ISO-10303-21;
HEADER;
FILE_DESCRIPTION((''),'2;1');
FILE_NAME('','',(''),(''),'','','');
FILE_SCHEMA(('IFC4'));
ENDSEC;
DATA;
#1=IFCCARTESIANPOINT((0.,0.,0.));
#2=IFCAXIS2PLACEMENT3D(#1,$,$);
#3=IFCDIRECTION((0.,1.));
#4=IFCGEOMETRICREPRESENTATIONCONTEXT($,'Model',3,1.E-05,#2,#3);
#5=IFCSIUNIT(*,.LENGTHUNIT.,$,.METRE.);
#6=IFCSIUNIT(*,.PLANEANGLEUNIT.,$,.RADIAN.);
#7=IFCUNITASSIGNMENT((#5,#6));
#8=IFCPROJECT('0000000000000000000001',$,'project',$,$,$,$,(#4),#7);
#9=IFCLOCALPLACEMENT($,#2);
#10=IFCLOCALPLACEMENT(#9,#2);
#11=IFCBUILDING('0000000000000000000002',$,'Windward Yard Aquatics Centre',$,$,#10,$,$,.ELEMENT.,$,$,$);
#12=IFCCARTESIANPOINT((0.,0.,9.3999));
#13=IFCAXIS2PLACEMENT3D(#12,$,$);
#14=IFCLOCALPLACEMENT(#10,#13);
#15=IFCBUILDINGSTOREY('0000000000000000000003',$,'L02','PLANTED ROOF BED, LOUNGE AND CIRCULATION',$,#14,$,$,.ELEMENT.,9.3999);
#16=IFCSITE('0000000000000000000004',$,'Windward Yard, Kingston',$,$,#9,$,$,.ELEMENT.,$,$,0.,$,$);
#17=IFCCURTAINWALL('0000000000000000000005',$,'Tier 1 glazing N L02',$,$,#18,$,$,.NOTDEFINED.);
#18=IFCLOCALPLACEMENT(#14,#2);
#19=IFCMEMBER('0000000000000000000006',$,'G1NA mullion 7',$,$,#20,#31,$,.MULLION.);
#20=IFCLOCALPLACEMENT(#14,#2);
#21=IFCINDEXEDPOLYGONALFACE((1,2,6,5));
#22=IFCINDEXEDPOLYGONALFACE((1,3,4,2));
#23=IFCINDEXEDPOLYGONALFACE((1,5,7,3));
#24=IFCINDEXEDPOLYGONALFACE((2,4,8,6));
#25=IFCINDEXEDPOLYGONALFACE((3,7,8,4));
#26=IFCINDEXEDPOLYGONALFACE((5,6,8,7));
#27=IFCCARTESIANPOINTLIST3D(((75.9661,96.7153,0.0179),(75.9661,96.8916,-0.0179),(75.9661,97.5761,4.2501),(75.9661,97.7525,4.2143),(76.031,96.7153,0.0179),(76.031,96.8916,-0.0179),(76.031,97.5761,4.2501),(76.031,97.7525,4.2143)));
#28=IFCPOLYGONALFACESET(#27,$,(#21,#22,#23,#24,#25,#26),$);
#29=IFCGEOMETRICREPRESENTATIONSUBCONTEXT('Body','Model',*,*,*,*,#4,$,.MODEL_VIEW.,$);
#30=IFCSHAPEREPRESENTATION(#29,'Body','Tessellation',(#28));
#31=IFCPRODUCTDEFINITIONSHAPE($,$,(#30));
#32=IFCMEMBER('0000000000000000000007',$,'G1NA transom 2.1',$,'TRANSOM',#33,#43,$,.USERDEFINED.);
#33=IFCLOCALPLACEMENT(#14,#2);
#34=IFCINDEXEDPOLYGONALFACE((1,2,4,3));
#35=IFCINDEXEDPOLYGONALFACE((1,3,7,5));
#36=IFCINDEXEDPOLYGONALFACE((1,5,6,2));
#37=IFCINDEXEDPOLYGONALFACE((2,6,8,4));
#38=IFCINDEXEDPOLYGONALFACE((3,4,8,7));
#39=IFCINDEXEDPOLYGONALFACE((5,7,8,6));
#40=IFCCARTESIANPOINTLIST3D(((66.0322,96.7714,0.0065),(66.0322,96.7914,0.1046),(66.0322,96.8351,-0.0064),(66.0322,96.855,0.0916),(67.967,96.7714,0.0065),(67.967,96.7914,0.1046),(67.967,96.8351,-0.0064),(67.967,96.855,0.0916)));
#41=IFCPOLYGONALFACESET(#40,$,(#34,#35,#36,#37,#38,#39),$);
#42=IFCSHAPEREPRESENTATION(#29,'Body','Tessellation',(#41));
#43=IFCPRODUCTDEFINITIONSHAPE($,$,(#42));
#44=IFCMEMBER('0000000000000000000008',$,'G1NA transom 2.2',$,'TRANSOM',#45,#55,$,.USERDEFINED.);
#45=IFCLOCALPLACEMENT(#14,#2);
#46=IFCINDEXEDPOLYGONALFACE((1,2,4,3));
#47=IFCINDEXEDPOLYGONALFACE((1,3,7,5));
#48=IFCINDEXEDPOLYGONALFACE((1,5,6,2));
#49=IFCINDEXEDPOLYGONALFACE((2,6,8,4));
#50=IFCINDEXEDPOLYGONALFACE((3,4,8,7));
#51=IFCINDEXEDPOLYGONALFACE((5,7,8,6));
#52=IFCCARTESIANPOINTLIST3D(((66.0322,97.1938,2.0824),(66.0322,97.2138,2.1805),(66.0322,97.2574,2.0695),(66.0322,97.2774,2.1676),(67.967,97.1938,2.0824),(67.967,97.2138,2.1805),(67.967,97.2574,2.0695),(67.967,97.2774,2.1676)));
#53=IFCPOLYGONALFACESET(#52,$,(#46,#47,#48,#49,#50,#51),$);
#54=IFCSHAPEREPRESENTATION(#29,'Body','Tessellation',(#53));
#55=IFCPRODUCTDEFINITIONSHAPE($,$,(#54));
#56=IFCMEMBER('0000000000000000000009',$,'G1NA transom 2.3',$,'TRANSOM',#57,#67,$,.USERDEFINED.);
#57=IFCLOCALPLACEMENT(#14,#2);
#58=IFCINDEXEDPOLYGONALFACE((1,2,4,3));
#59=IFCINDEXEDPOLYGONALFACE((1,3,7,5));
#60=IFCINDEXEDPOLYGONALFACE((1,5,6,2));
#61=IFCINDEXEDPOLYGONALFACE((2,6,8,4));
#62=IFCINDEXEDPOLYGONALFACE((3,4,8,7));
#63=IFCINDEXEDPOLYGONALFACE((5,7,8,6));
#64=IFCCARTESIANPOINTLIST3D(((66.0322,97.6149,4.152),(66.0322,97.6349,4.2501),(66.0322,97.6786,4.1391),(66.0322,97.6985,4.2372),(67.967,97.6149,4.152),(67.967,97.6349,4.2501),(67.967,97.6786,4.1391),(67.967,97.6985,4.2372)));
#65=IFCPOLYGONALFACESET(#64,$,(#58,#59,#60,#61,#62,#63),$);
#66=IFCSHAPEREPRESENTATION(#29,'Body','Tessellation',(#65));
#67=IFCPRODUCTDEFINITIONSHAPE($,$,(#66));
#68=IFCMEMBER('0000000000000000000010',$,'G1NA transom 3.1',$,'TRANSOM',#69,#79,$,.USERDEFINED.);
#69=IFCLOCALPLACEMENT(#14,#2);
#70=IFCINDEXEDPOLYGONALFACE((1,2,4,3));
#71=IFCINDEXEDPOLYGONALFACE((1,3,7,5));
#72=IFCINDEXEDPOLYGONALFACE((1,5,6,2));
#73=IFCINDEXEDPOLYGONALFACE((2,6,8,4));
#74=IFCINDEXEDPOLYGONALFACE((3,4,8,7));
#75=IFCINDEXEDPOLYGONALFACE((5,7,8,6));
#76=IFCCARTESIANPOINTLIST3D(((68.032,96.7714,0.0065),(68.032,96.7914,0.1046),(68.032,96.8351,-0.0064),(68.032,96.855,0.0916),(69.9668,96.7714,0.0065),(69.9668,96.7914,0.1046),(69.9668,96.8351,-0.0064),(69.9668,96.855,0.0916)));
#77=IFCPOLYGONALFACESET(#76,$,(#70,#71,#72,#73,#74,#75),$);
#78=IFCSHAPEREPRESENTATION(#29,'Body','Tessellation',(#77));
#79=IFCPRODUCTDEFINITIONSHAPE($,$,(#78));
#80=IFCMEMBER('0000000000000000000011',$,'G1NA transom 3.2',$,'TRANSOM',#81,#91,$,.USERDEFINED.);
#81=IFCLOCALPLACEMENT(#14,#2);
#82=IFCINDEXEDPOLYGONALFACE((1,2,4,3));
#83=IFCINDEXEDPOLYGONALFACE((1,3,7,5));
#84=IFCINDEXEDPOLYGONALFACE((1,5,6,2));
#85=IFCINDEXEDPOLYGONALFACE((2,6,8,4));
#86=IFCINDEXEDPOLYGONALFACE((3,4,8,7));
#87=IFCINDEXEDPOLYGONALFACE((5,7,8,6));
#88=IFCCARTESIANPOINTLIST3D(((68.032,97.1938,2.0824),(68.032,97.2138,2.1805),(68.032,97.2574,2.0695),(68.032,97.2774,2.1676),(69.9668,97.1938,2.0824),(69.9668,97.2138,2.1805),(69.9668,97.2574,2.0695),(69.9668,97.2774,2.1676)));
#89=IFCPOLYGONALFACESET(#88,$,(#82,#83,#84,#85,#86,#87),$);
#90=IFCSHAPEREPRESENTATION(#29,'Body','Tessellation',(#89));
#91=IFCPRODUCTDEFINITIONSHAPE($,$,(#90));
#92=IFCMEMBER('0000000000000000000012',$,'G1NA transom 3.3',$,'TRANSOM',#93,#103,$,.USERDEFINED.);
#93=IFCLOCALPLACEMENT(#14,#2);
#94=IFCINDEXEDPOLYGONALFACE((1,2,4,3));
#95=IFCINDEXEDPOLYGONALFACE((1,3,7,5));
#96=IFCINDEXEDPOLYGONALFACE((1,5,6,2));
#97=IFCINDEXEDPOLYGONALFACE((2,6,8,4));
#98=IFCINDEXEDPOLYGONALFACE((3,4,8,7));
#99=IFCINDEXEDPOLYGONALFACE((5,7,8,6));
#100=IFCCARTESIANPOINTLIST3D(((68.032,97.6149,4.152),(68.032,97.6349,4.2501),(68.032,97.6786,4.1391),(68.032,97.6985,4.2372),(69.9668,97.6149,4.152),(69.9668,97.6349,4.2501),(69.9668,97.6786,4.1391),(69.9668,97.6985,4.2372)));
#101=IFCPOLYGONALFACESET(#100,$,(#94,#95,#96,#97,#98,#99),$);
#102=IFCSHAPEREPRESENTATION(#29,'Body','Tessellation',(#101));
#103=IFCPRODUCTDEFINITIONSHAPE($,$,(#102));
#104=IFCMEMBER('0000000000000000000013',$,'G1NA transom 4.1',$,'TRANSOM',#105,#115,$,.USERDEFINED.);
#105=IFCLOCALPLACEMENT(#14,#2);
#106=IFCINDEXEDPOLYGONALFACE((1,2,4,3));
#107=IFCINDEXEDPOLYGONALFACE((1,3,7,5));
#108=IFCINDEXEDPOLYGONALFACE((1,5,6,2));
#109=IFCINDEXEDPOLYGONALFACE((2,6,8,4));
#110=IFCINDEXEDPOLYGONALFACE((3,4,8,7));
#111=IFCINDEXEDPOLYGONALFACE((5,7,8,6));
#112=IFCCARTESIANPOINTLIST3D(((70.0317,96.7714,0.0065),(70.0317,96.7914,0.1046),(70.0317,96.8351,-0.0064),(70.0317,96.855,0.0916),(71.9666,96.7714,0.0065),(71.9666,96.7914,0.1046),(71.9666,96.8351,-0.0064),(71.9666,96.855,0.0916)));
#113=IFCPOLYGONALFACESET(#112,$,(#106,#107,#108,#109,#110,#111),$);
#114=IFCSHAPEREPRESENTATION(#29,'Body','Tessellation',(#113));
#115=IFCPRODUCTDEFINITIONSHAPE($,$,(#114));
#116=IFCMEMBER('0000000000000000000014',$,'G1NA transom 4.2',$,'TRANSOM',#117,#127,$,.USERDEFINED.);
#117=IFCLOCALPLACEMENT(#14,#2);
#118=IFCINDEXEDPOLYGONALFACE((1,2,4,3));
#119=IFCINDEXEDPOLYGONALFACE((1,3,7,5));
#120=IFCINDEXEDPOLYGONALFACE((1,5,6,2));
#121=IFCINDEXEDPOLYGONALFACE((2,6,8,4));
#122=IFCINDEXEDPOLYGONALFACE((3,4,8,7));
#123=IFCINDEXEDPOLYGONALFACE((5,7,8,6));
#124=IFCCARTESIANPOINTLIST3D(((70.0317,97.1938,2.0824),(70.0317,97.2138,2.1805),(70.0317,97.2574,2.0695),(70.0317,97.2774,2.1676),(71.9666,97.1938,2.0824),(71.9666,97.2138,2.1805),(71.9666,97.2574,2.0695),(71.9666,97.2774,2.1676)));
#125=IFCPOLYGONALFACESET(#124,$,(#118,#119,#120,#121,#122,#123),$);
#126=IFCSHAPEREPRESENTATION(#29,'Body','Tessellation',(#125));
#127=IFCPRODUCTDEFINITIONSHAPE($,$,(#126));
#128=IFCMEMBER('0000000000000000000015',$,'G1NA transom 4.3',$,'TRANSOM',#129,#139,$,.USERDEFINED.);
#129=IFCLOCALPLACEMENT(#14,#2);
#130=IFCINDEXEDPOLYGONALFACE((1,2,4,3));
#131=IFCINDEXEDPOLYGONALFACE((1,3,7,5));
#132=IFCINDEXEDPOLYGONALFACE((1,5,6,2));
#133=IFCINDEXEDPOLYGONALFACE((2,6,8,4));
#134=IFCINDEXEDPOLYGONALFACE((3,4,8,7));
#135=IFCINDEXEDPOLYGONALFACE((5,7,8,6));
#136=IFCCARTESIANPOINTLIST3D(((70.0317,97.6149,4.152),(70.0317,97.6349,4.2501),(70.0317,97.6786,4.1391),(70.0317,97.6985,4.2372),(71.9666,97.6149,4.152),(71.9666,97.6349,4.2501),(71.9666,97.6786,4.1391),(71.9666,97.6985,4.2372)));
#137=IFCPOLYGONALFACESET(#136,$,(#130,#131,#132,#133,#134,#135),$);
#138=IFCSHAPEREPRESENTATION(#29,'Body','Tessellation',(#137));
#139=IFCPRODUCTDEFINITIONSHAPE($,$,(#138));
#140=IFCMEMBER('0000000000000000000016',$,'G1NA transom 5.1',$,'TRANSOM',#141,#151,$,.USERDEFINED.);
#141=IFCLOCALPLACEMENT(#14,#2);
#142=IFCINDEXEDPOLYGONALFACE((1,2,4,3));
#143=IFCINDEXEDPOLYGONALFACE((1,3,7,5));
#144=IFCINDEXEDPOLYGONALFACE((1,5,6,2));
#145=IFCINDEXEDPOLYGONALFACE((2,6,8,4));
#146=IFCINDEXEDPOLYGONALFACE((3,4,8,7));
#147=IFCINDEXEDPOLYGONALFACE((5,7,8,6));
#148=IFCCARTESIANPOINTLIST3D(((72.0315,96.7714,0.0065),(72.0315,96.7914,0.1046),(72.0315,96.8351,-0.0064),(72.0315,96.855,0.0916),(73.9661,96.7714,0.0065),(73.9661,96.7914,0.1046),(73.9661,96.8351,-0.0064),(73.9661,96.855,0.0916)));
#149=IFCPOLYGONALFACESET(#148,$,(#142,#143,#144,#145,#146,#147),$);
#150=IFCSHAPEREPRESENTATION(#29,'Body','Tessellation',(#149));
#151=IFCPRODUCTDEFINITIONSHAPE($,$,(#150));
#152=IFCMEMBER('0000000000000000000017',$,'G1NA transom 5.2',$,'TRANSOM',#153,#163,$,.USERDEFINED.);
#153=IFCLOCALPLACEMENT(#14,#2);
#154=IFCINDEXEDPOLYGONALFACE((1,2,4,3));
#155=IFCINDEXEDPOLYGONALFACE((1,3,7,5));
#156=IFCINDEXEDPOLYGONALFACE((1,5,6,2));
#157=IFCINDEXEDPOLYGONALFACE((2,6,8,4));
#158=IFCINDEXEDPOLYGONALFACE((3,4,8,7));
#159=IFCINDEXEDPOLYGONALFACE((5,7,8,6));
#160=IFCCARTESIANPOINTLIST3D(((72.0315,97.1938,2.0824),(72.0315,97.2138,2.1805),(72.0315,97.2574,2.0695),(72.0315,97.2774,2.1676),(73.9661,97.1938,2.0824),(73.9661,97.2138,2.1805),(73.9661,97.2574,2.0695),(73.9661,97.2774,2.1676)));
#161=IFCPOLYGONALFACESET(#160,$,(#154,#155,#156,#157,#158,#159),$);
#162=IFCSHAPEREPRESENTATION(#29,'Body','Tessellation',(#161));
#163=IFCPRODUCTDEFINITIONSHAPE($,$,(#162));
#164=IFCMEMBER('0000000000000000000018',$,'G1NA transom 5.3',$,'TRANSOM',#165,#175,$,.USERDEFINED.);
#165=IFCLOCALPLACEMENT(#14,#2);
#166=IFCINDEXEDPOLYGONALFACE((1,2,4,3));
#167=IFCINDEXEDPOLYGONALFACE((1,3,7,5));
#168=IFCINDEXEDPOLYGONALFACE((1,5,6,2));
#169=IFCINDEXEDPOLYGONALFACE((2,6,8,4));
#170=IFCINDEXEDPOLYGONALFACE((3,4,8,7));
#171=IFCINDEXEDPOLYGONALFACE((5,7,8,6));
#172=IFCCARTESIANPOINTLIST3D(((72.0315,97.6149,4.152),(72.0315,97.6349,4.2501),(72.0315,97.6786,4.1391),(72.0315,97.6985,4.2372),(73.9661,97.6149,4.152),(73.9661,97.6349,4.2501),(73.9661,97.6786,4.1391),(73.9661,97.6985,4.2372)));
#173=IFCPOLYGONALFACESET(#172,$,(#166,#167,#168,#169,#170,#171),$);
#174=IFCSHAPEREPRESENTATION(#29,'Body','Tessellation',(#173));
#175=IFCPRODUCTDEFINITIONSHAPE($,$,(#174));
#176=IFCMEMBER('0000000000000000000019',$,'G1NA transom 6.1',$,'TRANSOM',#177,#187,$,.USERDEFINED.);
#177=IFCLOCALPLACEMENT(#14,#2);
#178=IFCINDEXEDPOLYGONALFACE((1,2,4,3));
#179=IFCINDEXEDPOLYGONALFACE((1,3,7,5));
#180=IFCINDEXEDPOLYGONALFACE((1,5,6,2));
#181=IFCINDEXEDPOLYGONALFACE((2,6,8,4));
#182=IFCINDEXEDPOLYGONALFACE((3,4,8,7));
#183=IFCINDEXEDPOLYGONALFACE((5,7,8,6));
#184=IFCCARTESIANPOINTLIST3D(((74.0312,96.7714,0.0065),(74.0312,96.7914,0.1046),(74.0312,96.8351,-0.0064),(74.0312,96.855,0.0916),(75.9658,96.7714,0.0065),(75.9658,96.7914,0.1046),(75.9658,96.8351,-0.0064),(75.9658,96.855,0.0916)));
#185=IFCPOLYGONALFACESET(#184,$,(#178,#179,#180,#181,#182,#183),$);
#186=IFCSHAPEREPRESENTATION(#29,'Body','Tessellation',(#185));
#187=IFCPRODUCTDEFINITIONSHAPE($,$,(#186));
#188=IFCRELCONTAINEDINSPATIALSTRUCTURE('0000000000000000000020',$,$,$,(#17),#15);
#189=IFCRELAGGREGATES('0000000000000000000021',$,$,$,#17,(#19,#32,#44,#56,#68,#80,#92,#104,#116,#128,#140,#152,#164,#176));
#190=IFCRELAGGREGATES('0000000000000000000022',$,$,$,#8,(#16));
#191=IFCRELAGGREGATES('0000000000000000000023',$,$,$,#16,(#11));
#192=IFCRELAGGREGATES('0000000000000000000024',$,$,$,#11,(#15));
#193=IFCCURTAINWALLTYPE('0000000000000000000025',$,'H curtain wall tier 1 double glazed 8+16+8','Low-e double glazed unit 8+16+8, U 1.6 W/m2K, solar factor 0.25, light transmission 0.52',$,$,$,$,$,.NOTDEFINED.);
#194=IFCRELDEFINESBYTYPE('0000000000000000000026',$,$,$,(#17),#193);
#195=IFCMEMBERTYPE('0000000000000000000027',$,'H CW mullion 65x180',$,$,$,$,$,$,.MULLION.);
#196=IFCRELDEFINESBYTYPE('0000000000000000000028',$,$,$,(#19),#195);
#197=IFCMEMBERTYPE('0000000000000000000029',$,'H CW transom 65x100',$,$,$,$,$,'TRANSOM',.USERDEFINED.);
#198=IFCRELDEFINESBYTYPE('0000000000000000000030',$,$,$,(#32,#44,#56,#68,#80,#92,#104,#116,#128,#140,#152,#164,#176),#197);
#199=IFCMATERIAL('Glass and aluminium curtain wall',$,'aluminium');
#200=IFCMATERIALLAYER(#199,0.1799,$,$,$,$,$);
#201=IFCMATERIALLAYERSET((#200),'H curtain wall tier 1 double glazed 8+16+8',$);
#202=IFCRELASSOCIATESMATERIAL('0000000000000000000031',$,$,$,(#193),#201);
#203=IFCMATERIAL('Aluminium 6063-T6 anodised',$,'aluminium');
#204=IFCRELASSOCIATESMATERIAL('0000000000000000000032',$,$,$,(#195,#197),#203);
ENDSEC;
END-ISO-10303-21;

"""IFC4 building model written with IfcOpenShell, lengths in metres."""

from ifc_helpers import new_model, si_unit, direction, frame, origin, origin_2d, place, context, subcontext, project, spatial, rectangle, extrude, material, layer, layer_set, material_profile, profile_set, type_object, element, aggregate, save


model = new_model("IFC4")

# Units and contexts
model_context = context("Model", 3, precision=1e-05, world=origin(), true_north=direction((0.0, 1.0)))
body_context = subcontext(model_context, "Body", "Model", "MODEL_VIEW")
ifc_project = project(units=[si_unit("LENGTHUNIT", "METRE"), si_unit("PLANEANGLEUNIT", "RADIAN")], contexts=[model_context])

# Site, building, storey
site_placement = place(None, origin())
site = spatial("IfcSite", under=ifc_project, at=site_placement, Name="Windward Yard, Kingston", CompositionType="ELEMENT", RefElevation=0.0)
building_placement = place(site_placement, origin())
building = spatial("IfcBuilding", under=site, at=building_placement, Name="Windward Yard Aquatics Centre", CompositionType="ELEMENT")
storey_placement = place(building_placement, frame((0.0, 0.0, 9.3999)))
storey = spatial("IfcBuildingStorey", under=building, at=storey_placement, Name="L02", Description="PLANTED ROOF BED, LOUNGE AND CIRCULATION", CompositionType="ELEMENT", Elevation=9.3999)

# Curtain wall, members
ifc_material_1 = material(Name="Glass and aluminium curtain wall", Category="aluminium")
ifc_layer_1 = layer(ifc_material_1, 0.1799)
ifc_layer_set_1 = layer_set([ifc_layer_1], Name="H curtain wall tier 1 double glazed 8+16+8")
curtain_wall_type = type_object("IfcCurtainWallType", Name="H curtain wall tier 1 double glazed 8+16+8", Description="Low-e double glazed unit 8+16+8, U 1.6 W/m2K, solar factor 0.25, light transmission 0.52", PredefinedType="NOTDEFINED", material=ifc_layer_set_1)
curtain_wall_placement = place(storey_placement, origin())
curtain_wall = element("IfcCurtainWall", 1, at=curtain_wall_placement, inside=storey, type_object=curtain_wall_type, Name="Tier 1 glazing N L02", PredefinedType="NOTDEFINED")
ifc_material_2 = material(Name="Aluminium 6063-T6 anodised", Category="aluminium")
ifc_material_profile_1 = material_profile(ifc_material_2, rectangle(XDim=0.0649, YDim=0.1799, at=origin_2d()), Name="H CW mullion 65x180")
ifc_profile_set_1 = profile_set([ifc_material_profile_1], Name="Aluminium 6063-T6 anodised")
member_type_1 = type_object("IfcMemberType", Name="H CW mullion 65x180", PredefinedType="MULLION", material=ifc_profile_set_1)
member_1_placement = place(storey_placement, frame((75.9985, 96.8035, 0.0), z_axis=(0.0, 0.199322, 0.979934), x_axis=(-1.0, 0.0, 0.0)))
member_1 = element("IfcMember", 2, at=member_1_placement, type_object=member_type_1, Name="G1NA mullion 7", PredefinedType="MULLION", context=body_context, shape_type="SweptSolid", body=[
    extrude(rectangle(XDim=0.0649, YDim=0.1799, at=origin_2d()), origin(), (0.0, 0.0, 1.0), 4.3188),
])
ifc_material_profile_2 = material_profile(ifc_material_2, rectangle(XDim=0.0649, YDim=0.1001, at=origin_2d()), Name="H CW transom 65x100")
ifc_profile_set_2 = profile_set([ifc_material_profile_2], Name="Aluminium 6063-T6 anodised")
member_type_2 = type_object("IfcMemberType", Name="H CW transom 65x100", ElementType="TRANSOM", PredefinedType="USERDEFINED", material=ifc_profile_set_2)
member_2_placement = place(storey_placement, frame((66.0322, 96.8132, 0.0491), z_axis=(1.0, 0.0, 0.0), x_axis=(0.0, -0.979925, 0.199368)))
member_2 = element("IfcMember", 3, at=member_2_placement, type_object=member_type_2, Name="G1NA transom 2.1", ObjectType="TRANSOM", PredefinedType="USERDEFINED", context=body_context, shape_type="SweptSolid", body=[
    extrude(rectangle(XDim=0.0649, YDim=0.1001, at=origin_2d()), origin(), (0.0, 0.0, 1.0), 1.9348),
])
member_3_placement = place(storey_placement, frame((66.0322, 97.2356, 2.125), z_axis=(1.0, 0.0, 0.0), x_axis=(0.0, -0.979925, 0.199368)))
member_3 = element("IfcMember", 4, at=member_3_placement, type_object=member_type_2, Name="G1NA transom 2.2", ObjectType="TRANSOM", PredefinedType="USERDEFINED", context=body_context, shape_type="SweptSolid", body=[
    extrude(rectangle(XDim=0.0649, YDim=0.1001, at=origin_2d()), origin(), (0.0, 0.0, 1.0), 1.9348),
])
member_4_placement = place(storey_placement, frame((66.0322, 97.6567, 4.1946), z_axis=(1.0, 0.0, 0.0), x_axis=(0.0, -0.979925, 0.199368)))
member_4 = element("IfcMember", 5, at=member_4_placement, type_object=member_type_2, Name="G1NA transom 2.3", ObjectType="TRANSOM", PredefinedType="USERDEFINED", context=body_context, shape_type="SweptSolid", body=[
    extrude(rectangle(XDim=0.0649, YDim=0.1001, at=origin_2d()), origin(), (0.0, 0.0, 1.0), 1.9348),
])
member_5_placement = place(storey_placement, frame((68.032, 96.8132, 0.0491), z_axis=(1.0, 0.0, 0.0), x_axis=(0.0, -0.979925, 0.199368)))
member_5 = element("IfcMember", 6, at=member_5_placement, type_object=member_type_2, Name="G1NA transom 3.1", ObjectType="TRANSOM", PredefinedType="USERDEFINED", context=body_context, shape_type="SweptSolid", body=[
    extrude(rectangle(XDim=0.0649, YDim=0.1001, at=origin_2d()), origin(), (0.0, 0.0, 1.0), 1.9348),
])
member_6_placement = place(storey_placement, frame((68.032, 97.2356, 2.125), z_axis=(1.0, 0.0, 0.0), x_axis=(0.0, -0.979925, 0.199368)))
member_6 = element("IfcMember", 7, at=member_6_placement, type_object=member_type_2, Name="G1NA transom 3.2", ObjectType="TRANSOM", PredefinedType="USERDEFINED", context=body_context, shape_type="SweptSolid", body=[
    extrude(rectangle(XDim=0.0649, YDim=0.1001, at=origin_2d()), origin(), (0.0, 0.0, 1.0), 1.9348),
])
member_7_placement = place(storey_placement, frame((68.032, 97.6567, 4.1946), z_axis=(1.0, 0.0, 0.0), x_axis=(0.0, -0.979925, 0.199368)))
member_7 = element("IfcMember", 8, at=member_7_placement, type_object=member_type_2, Name="G1NA transom 3.3", ObjectType="TRANSOM", PredefinedType="USERDEFINED", context=body_context, shape_type="SweptSolid", body=[
    extrude(rectangle(XDim=0.0649, YDim=0.1001, at=origin_2d()), origin(), (0.0, 0.0, 1.0), 1.9348),
])
member_8_placement = place(storey_placement, frame((70.0317, 96.8132, 0.0491), z_axis=(1.0, 0.0, 0.0), x_axis=(0.0, -0.979925, 0.199368)))
member_8 = element("IfcMember", 9, at=member_8_placement, type_object=member_type_2, Name="G1NA transom 4.1", ObjectType="TRANSOM", PredefinedType="USERDEFINED", context=body_context, shape_type="SweptSolid", body=[
    extrude(rectangle(XDim=0.0649, YDim=0.1001, at=origin_2d()), origin(), (0.0, 0.0, 1.0), 1.9348),
])
member_9_placement = place(storey_placement, frame((70.0317, 97.2356, 2.125), z_axis=(1.0, 0.0, 0.0), x_axis=(0.0, -0.979925, 0.199368)))
member_9 = element("IfcMember", 10, at=member_9_placement, type_object=member_type_2, Name="G1NA transom 4.2", ObjectType="TRANSOM", PredefinedType="USERDEFINED", context=body_context, shape_type="SweptSolid", body=[
    extrude(rectangle(XDim=0.0649, YDim=0.1001, at=origin_2d()), origin(), (0.0, 0.0, 1.0), 1.9348),
])
member_10_placement = place(storey_placement, frame((70.0317, 97.6567, 4.1946), z_axis=(1.0, 0.0, 0.0), x_axis=(0.0, -0.979925, 0.199368)))
member_10 = element("IfcMember", 11, at=member_10_placement, type_object=member_type_2, Name="G1NA transom 4.3", ObjectType="TRANSOM", PredefinedType="USERDEFINED", context=body_context, shape_type="SweptSolid", body=[
    extrude(rectangle(XDim=0.0649, YDim=0.1001, at=origin_2d()), origin(), (0.0, 0.0, 1.0), 1.9348),
])
member_11_placement = place(storey_placement, frame((72.0315, 96.8132, 0.0491), z_axis=(1.0, 0.0, 0.0), x_axis=(0.0, -0.979925, 0.199368)))
member_11 = element("IfcMember", 12, at=member_11_placement, type_object=member_type_2, Name="G1NA transom 5.1", ObjectType="TRANSOM", PredefinedType="USERDEFINED", context=body_context, shape_type="SweptSolid", body=[
    extrude(rectangle(XDim=0.0649, YDim=0.1001, at=origin_2d()), origin(), (0.0, 0.0, 1.0), 1.9346),
])
member_12_placement = place(storey_placement, frame((72.0315, 97.2356, 2.125), z_axis=(1.0, 0.0, 0.0), x_axis=(0.0, -0.979925, 0.199368)))
member_12 = element("IfcMember", 13, at=member_12_placement, type_object=member_type_2, Name="G1NA transom 5.2", ObjectType="TRANSOM", PredefinedType="USERDEFINED", context=body_context, shape_type="SweptSolid", body=[
    extrude(rectangle(XDim=0.0649, YDim=0.1001, at=origin_2d()), origin(), (0.0, 0.0, 1.0), 1.9346),
])
member_13_placement = place(storey_placement, frame((72.0315, 97.6567, 4.1946), z_axis=(1.0, 0.0, 0.0), x_axis=(0.0, -0.979925, 0.199368)))
member_13 = element("IfcMember", 14, at=member_13_placement, type_object=member_type_2, Name="G1NA transom 5.3", ObjectType="TRANSOM", PredefinedType="USERDEFINED", context=body_context, shape_type="SweptSolid", body=[
    extrude(rectangle(XDim=0.0649, YDim=0.1001, at=origin_2d()), origin(), (0.0, 0.0, 1.0), 1.9346),
])
member_14_placement = place(storey_placement, frame((74.0312, 96.8132, 0.0491), z_axis=(1.0, 0.0, 0.0), x_axis=(0.0, -0.979925, 0.199368)))
member_14 = element("IfcMember", 15, at=member_14_placement, type_object=member_type_2, Name="G1NA transom 6.1", ObjectType="TRANSOM", PredefinedType="USERDEFINED", context=body_context, shape_type="SweptSolid", body=[
    extrude(rectangle(XDim=0.0649, YDim=0.1001, at=origin_2d()), origin(), (0.0, 0.0, 1.0), 1.9346),
])

aggregate(curtain_wall, [member_1, member_2, member_3, member_4, member_5, member_6, member_7, member_8, member_9, member_10, member_11, member_12, member_13, member_14])

save(model, "model.ifc")
